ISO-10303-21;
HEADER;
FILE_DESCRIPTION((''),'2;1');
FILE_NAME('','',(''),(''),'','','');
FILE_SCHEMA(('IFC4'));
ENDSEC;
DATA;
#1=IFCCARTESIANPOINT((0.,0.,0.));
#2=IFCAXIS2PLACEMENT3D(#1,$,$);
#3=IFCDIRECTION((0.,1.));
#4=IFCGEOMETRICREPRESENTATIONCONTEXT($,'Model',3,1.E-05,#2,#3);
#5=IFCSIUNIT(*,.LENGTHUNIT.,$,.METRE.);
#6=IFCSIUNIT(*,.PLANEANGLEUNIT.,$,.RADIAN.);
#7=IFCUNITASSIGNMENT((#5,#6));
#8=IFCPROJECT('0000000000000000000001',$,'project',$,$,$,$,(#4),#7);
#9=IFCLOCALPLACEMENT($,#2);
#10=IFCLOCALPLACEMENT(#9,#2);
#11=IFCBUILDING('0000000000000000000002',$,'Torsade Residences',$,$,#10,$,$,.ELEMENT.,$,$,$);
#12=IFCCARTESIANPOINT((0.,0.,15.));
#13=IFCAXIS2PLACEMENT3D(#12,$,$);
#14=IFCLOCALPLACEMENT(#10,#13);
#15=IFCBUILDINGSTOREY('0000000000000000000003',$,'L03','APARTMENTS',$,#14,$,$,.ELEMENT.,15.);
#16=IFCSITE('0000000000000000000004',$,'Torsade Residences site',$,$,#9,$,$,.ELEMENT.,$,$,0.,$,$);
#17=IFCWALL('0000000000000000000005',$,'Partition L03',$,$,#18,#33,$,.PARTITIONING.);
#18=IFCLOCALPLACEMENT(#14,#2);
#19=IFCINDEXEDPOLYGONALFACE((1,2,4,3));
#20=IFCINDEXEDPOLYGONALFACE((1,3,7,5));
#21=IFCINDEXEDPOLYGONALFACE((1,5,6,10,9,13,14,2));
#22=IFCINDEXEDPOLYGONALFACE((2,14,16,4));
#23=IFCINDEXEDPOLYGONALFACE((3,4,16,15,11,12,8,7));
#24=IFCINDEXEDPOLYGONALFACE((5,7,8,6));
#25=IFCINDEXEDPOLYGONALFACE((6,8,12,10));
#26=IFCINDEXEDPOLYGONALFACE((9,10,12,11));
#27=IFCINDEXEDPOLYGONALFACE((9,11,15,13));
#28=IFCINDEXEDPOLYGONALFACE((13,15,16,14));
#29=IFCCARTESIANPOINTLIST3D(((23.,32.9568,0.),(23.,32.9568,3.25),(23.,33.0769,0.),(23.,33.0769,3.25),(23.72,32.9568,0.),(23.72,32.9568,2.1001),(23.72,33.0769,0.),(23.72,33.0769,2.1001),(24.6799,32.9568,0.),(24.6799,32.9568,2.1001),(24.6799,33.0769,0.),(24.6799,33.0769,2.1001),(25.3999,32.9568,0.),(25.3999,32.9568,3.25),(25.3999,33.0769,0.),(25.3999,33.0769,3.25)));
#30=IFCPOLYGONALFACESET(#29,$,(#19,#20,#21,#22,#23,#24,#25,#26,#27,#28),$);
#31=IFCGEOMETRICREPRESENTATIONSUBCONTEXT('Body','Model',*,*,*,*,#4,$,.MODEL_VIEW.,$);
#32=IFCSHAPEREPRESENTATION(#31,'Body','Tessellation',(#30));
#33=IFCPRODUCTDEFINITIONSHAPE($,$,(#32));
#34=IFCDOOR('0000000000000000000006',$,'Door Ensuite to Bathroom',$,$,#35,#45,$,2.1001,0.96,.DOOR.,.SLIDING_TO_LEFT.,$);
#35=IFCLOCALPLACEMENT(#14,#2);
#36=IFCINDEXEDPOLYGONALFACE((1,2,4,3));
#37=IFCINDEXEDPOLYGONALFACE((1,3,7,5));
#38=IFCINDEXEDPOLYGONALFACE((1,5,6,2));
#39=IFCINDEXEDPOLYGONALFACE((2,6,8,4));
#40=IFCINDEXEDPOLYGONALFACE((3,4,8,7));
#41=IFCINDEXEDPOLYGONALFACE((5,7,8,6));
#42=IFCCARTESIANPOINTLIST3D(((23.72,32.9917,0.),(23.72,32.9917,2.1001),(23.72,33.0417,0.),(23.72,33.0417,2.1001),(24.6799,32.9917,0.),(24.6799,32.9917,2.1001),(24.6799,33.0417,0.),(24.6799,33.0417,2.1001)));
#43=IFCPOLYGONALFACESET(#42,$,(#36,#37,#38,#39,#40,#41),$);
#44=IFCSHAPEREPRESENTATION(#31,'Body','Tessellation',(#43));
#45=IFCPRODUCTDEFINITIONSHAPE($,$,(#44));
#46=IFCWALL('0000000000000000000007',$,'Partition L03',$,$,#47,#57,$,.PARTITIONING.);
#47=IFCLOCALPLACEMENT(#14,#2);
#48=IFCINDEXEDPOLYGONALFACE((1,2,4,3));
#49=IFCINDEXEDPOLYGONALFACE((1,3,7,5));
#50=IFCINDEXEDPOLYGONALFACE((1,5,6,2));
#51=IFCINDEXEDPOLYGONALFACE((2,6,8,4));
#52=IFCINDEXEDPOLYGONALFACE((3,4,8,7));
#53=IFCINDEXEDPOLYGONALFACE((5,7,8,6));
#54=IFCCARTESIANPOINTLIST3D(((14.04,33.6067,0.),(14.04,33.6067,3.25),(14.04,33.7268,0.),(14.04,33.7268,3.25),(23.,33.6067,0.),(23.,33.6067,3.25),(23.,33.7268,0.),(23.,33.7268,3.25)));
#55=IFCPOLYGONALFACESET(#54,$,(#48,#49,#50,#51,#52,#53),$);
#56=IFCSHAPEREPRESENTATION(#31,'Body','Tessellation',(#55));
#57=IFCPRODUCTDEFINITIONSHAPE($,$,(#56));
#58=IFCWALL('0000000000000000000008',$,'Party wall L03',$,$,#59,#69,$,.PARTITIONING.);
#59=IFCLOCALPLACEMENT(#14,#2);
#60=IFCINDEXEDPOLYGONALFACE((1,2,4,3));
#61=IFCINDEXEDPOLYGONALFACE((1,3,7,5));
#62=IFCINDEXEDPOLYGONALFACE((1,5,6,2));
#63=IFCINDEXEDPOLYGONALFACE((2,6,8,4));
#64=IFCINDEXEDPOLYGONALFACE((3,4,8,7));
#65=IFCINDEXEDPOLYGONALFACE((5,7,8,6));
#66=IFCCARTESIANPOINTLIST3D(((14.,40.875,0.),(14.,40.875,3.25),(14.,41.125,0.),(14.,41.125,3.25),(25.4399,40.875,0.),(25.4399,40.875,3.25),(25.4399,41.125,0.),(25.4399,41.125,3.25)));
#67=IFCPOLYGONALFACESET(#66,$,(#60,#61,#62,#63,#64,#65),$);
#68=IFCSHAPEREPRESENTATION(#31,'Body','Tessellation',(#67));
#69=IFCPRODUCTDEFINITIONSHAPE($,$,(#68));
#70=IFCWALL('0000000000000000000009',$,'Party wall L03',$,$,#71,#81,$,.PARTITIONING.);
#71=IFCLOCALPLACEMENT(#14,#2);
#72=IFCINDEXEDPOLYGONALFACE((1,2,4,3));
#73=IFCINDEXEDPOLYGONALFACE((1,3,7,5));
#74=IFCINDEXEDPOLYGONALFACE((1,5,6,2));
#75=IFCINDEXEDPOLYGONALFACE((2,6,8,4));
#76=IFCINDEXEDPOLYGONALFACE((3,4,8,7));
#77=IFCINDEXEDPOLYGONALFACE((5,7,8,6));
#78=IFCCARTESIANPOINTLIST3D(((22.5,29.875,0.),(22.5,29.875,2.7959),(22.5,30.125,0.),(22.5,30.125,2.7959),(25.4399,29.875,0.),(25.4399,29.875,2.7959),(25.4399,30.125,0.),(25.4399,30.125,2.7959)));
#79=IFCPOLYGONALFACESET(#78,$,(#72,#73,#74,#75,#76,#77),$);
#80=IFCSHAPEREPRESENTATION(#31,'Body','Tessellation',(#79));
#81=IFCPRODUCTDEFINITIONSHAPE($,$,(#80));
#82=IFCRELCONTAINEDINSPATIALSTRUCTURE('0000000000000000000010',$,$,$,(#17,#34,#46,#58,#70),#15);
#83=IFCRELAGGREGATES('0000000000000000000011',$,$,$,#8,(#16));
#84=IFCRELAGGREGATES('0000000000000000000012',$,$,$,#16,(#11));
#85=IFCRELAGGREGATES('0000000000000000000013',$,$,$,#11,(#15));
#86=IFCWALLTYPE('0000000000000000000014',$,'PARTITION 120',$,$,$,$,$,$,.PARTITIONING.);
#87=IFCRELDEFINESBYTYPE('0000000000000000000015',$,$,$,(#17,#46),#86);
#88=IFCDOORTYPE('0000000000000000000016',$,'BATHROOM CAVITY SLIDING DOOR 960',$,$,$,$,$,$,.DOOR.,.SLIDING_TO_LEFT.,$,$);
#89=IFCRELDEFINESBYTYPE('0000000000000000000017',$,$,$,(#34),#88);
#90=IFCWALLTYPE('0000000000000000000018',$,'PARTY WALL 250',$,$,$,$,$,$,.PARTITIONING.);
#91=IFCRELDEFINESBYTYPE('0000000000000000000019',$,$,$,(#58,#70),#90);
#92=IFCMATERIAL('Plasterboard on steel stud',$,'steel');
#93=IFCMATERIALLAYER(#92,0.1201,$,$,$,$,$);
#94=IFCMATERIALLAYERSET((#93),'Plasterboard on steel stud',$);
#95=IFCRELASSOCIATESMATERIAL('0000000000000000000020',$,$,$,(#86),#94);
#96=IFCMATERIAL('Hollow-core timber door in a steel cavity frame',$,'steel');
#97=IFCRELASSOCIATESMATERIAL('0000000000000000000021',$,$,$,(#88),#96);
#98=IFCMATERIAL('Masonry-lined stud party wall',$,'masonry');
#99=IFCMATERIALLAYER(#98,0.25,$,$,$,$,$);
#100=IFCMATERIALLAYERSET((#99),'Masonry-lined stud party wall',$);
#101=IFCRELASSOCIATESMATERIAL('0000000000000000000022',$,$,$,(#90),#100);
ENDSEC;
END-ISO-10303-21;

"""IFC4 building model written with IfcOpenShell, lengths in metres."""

from ifc_helpers import new_model, si_unit, direction, frame, frame_2d, origin, place, context, subcontext, project, spatial, rectangle, extrude, material, layer, layer_set, type_object, element, fill, save


model = new_model("IFC4")

# Units and contexts
model_context = context("Model", 3, precision=1e-05, world=origin(), true_north=direction((0.0, 1.0)))
body_context = subcontext(model_context, "Body", "Model", "MODEL_VIEW")
ifc_project = project(units=[si_unit("LENGTHUNIT", "METRE"), si_unit("PLANEANGLEUNIT", "RADIAN")], contexts=[model_context])

# Site, building, storey
site_placement = place(None, origin())
site = spatial("IfcSite", under=ifc_project, at=site_placement, Name="Torsade Residences site", CompositionType="ELEMENT", RefElevation=0.0)
building_placement = place(site_placement, origin())
building = spatial("IfcBuilding", under=site, at=building_placement, Name="Torsade Residences", CompositionType="ELEMENT")
storey_placement = place(building_placement, frame((0.0, 0.0, 15.0)))
storey = spatial("IfcBuildingStorey", under=building, at=storey_placement, Name="L03", Description="APARTMENTS", CompositionType="ELEMENT", Elevation=15.0)

# Shared definitions
ifc_material_1 = material(Name="Plasterboard on steel stud", Category="steel")
ifc_layer_1 = layer(ifc_material_1, 0.1201)
ifc_layer_set_1 = layer_set([ifc_layer_1], Name="Plasterboard on steel stud")
wall_type_1 = type_object("IfcWallType", Name="PARTITION 120", PredefinedType="PARTITIONING", material=ifc_layer_set_1)

# Wall, opening, door
wall_1_placement = place(storey_placement, frame((23.0, 33.0168, 0.0), z_axis=(0.0, 0.0, 1.0), x_axis=(1.0, 0.0, 0.0)))
wall_1 = element("IfcWall", 1, at=wall_1_placement, inside=storey, type_object=wall_type_1, Name="Partition L03", PredefinedType="PARTITIONING", context=body_context, shape_type="SweptSolid", body=[
    extrude(rectangle(XDim=2.3999, YDim=0.1201, at=frame_2d((1.2, 0.0))), origin(), (0.0, 0.0, 1.0), 3.25),
])
opening_1_placement = place(wall_1_placement, frame((0.72, 0.0, 0.0)))
opening_1 = element("IfcOpeningElement", 2, at=opening_1_placement, cuts=wall_1, PredefinedType="OPENING", context=body_context, shape_type="SweptSolid", body=[
    extrude(rectangle(XDim=0.96, YDim=2.1001, at=frame_2d((0.48, 1.05))), frame((0.0, 0.0701, 0.0), z_axis=(0.0, -1.0, 0.0), x_axis=(1.0, 0.0, 0.0)), (0.0, 0.0, 1.0), 0.1401),
])
ifc_material_2 = material(Name="Hollow-core timber door in a steel cavity frame", Category="steel")
door_type_1 = type_object("IfcDoorType", Name="BATHROOM CAVITY SLIDING DOOR 960", OperationType="SLIDING_TO_LEFT", PredefinedType="DOOR", material=ifc_material_2)
door_1_placement = place(opening_1_placement, origin())
door_1 = element("IfcDoor", 3, at=door_1_placement, inside=storey, type_object=door_type_1, Name="Door Ensuite to Bathroom", OperationType="SLIDING_TO_LEFT", OverallHeight=2.1001, OverallWidth=0.96, PredefinedType="DOOR", context=body_context, shape_type="SweptSolid", body=[
    extrude(rectangle(XDim=0.96, YDim=2.1001, at=frame_2d((0.48, 1.05))), frame((0.0, 0.0249, 0.0), z_axis=(0.0, -1.0, 0.0), x_axis=(1.0, 0.0, 0.0)), (0.0, 0.0, 1.0), 0.05),
])
fill(opening_1, door_1)

# Walls
wall_2_placement = place(storey_placement, frame((14.04, 33.6667, 0.0), z_axis=(0.0, 0.0, 1.0), x_axis=(1.0, 0.0, 0.0)))
element("IfcWall", 4, at=wall_2_placement, inside=storey, type_object=wall_type_1, Name="Partition L03", PredefinedType="PARTITIONING", context=body_context, shape_type="SweptSolid", body=[
    extrude(rectangle(XDim=8.96, YDim=0.1201, at=frame_2d((4.48, 0.0))), origin(), (0.0, 0.0, 1.0), 3.25),
])
ifc_material_3 = material(Name="Masonry-lined stud party wall", Category="masonry")
ifc_layer_2 = layer(ifc_material_3, 0.25)
ifc_layer_set_2 = layer_set([ifc_layer_2], Name="Masonry-lined stud party wall")
wall_type_2 = type_object("IfcWallType", Name="PARTY WALL 250", PredefinedType="PARTITIONING", material=ifc_layer_set_2)
wall_3_placement = place(storey_placement, frame((14.0, 41.0, 0.0), z_axis=(0.0, 0.0, 1.0), x_axis=(1.0, 0.0, 0.0)))
element("IfcWall", 5, at=wall_3_placement, inside=storey, type_object=wall_type_2, Name="Party wall L03", PredefinedType="PARTITIONING", context=body_context, shape_type="SweptSolid", body=[
    extrude(rectangle(XDim=11.4399, YDim=0.25, at=frame_2d((5.72, 0.0))), origin(), (0.0, 0.0, 1.0), 3.25),
])
wall_4_placement = place(storey_placement, frame((22.5, 30.0, 0.0), z_axis=(0.0, 0.0, 1.0), x_axis=(1.0, 0.0, 0.0)))
element("IfcWall", 6, at=wall_4_placement, inside=storey, type_object=wall_type_2, Name="Party wall L03", PredefinedType="PARTITIONING", context=body_context, shape_type="SweptSolid", body=[
    extrude(rectangle(XDim=2.9399, YDim=0.25, at=frame_2d((1.47, 0.0))), origin(), (0.0, 0.0, 1.0), 2.7959),
])

save(model, "model.ifc")
